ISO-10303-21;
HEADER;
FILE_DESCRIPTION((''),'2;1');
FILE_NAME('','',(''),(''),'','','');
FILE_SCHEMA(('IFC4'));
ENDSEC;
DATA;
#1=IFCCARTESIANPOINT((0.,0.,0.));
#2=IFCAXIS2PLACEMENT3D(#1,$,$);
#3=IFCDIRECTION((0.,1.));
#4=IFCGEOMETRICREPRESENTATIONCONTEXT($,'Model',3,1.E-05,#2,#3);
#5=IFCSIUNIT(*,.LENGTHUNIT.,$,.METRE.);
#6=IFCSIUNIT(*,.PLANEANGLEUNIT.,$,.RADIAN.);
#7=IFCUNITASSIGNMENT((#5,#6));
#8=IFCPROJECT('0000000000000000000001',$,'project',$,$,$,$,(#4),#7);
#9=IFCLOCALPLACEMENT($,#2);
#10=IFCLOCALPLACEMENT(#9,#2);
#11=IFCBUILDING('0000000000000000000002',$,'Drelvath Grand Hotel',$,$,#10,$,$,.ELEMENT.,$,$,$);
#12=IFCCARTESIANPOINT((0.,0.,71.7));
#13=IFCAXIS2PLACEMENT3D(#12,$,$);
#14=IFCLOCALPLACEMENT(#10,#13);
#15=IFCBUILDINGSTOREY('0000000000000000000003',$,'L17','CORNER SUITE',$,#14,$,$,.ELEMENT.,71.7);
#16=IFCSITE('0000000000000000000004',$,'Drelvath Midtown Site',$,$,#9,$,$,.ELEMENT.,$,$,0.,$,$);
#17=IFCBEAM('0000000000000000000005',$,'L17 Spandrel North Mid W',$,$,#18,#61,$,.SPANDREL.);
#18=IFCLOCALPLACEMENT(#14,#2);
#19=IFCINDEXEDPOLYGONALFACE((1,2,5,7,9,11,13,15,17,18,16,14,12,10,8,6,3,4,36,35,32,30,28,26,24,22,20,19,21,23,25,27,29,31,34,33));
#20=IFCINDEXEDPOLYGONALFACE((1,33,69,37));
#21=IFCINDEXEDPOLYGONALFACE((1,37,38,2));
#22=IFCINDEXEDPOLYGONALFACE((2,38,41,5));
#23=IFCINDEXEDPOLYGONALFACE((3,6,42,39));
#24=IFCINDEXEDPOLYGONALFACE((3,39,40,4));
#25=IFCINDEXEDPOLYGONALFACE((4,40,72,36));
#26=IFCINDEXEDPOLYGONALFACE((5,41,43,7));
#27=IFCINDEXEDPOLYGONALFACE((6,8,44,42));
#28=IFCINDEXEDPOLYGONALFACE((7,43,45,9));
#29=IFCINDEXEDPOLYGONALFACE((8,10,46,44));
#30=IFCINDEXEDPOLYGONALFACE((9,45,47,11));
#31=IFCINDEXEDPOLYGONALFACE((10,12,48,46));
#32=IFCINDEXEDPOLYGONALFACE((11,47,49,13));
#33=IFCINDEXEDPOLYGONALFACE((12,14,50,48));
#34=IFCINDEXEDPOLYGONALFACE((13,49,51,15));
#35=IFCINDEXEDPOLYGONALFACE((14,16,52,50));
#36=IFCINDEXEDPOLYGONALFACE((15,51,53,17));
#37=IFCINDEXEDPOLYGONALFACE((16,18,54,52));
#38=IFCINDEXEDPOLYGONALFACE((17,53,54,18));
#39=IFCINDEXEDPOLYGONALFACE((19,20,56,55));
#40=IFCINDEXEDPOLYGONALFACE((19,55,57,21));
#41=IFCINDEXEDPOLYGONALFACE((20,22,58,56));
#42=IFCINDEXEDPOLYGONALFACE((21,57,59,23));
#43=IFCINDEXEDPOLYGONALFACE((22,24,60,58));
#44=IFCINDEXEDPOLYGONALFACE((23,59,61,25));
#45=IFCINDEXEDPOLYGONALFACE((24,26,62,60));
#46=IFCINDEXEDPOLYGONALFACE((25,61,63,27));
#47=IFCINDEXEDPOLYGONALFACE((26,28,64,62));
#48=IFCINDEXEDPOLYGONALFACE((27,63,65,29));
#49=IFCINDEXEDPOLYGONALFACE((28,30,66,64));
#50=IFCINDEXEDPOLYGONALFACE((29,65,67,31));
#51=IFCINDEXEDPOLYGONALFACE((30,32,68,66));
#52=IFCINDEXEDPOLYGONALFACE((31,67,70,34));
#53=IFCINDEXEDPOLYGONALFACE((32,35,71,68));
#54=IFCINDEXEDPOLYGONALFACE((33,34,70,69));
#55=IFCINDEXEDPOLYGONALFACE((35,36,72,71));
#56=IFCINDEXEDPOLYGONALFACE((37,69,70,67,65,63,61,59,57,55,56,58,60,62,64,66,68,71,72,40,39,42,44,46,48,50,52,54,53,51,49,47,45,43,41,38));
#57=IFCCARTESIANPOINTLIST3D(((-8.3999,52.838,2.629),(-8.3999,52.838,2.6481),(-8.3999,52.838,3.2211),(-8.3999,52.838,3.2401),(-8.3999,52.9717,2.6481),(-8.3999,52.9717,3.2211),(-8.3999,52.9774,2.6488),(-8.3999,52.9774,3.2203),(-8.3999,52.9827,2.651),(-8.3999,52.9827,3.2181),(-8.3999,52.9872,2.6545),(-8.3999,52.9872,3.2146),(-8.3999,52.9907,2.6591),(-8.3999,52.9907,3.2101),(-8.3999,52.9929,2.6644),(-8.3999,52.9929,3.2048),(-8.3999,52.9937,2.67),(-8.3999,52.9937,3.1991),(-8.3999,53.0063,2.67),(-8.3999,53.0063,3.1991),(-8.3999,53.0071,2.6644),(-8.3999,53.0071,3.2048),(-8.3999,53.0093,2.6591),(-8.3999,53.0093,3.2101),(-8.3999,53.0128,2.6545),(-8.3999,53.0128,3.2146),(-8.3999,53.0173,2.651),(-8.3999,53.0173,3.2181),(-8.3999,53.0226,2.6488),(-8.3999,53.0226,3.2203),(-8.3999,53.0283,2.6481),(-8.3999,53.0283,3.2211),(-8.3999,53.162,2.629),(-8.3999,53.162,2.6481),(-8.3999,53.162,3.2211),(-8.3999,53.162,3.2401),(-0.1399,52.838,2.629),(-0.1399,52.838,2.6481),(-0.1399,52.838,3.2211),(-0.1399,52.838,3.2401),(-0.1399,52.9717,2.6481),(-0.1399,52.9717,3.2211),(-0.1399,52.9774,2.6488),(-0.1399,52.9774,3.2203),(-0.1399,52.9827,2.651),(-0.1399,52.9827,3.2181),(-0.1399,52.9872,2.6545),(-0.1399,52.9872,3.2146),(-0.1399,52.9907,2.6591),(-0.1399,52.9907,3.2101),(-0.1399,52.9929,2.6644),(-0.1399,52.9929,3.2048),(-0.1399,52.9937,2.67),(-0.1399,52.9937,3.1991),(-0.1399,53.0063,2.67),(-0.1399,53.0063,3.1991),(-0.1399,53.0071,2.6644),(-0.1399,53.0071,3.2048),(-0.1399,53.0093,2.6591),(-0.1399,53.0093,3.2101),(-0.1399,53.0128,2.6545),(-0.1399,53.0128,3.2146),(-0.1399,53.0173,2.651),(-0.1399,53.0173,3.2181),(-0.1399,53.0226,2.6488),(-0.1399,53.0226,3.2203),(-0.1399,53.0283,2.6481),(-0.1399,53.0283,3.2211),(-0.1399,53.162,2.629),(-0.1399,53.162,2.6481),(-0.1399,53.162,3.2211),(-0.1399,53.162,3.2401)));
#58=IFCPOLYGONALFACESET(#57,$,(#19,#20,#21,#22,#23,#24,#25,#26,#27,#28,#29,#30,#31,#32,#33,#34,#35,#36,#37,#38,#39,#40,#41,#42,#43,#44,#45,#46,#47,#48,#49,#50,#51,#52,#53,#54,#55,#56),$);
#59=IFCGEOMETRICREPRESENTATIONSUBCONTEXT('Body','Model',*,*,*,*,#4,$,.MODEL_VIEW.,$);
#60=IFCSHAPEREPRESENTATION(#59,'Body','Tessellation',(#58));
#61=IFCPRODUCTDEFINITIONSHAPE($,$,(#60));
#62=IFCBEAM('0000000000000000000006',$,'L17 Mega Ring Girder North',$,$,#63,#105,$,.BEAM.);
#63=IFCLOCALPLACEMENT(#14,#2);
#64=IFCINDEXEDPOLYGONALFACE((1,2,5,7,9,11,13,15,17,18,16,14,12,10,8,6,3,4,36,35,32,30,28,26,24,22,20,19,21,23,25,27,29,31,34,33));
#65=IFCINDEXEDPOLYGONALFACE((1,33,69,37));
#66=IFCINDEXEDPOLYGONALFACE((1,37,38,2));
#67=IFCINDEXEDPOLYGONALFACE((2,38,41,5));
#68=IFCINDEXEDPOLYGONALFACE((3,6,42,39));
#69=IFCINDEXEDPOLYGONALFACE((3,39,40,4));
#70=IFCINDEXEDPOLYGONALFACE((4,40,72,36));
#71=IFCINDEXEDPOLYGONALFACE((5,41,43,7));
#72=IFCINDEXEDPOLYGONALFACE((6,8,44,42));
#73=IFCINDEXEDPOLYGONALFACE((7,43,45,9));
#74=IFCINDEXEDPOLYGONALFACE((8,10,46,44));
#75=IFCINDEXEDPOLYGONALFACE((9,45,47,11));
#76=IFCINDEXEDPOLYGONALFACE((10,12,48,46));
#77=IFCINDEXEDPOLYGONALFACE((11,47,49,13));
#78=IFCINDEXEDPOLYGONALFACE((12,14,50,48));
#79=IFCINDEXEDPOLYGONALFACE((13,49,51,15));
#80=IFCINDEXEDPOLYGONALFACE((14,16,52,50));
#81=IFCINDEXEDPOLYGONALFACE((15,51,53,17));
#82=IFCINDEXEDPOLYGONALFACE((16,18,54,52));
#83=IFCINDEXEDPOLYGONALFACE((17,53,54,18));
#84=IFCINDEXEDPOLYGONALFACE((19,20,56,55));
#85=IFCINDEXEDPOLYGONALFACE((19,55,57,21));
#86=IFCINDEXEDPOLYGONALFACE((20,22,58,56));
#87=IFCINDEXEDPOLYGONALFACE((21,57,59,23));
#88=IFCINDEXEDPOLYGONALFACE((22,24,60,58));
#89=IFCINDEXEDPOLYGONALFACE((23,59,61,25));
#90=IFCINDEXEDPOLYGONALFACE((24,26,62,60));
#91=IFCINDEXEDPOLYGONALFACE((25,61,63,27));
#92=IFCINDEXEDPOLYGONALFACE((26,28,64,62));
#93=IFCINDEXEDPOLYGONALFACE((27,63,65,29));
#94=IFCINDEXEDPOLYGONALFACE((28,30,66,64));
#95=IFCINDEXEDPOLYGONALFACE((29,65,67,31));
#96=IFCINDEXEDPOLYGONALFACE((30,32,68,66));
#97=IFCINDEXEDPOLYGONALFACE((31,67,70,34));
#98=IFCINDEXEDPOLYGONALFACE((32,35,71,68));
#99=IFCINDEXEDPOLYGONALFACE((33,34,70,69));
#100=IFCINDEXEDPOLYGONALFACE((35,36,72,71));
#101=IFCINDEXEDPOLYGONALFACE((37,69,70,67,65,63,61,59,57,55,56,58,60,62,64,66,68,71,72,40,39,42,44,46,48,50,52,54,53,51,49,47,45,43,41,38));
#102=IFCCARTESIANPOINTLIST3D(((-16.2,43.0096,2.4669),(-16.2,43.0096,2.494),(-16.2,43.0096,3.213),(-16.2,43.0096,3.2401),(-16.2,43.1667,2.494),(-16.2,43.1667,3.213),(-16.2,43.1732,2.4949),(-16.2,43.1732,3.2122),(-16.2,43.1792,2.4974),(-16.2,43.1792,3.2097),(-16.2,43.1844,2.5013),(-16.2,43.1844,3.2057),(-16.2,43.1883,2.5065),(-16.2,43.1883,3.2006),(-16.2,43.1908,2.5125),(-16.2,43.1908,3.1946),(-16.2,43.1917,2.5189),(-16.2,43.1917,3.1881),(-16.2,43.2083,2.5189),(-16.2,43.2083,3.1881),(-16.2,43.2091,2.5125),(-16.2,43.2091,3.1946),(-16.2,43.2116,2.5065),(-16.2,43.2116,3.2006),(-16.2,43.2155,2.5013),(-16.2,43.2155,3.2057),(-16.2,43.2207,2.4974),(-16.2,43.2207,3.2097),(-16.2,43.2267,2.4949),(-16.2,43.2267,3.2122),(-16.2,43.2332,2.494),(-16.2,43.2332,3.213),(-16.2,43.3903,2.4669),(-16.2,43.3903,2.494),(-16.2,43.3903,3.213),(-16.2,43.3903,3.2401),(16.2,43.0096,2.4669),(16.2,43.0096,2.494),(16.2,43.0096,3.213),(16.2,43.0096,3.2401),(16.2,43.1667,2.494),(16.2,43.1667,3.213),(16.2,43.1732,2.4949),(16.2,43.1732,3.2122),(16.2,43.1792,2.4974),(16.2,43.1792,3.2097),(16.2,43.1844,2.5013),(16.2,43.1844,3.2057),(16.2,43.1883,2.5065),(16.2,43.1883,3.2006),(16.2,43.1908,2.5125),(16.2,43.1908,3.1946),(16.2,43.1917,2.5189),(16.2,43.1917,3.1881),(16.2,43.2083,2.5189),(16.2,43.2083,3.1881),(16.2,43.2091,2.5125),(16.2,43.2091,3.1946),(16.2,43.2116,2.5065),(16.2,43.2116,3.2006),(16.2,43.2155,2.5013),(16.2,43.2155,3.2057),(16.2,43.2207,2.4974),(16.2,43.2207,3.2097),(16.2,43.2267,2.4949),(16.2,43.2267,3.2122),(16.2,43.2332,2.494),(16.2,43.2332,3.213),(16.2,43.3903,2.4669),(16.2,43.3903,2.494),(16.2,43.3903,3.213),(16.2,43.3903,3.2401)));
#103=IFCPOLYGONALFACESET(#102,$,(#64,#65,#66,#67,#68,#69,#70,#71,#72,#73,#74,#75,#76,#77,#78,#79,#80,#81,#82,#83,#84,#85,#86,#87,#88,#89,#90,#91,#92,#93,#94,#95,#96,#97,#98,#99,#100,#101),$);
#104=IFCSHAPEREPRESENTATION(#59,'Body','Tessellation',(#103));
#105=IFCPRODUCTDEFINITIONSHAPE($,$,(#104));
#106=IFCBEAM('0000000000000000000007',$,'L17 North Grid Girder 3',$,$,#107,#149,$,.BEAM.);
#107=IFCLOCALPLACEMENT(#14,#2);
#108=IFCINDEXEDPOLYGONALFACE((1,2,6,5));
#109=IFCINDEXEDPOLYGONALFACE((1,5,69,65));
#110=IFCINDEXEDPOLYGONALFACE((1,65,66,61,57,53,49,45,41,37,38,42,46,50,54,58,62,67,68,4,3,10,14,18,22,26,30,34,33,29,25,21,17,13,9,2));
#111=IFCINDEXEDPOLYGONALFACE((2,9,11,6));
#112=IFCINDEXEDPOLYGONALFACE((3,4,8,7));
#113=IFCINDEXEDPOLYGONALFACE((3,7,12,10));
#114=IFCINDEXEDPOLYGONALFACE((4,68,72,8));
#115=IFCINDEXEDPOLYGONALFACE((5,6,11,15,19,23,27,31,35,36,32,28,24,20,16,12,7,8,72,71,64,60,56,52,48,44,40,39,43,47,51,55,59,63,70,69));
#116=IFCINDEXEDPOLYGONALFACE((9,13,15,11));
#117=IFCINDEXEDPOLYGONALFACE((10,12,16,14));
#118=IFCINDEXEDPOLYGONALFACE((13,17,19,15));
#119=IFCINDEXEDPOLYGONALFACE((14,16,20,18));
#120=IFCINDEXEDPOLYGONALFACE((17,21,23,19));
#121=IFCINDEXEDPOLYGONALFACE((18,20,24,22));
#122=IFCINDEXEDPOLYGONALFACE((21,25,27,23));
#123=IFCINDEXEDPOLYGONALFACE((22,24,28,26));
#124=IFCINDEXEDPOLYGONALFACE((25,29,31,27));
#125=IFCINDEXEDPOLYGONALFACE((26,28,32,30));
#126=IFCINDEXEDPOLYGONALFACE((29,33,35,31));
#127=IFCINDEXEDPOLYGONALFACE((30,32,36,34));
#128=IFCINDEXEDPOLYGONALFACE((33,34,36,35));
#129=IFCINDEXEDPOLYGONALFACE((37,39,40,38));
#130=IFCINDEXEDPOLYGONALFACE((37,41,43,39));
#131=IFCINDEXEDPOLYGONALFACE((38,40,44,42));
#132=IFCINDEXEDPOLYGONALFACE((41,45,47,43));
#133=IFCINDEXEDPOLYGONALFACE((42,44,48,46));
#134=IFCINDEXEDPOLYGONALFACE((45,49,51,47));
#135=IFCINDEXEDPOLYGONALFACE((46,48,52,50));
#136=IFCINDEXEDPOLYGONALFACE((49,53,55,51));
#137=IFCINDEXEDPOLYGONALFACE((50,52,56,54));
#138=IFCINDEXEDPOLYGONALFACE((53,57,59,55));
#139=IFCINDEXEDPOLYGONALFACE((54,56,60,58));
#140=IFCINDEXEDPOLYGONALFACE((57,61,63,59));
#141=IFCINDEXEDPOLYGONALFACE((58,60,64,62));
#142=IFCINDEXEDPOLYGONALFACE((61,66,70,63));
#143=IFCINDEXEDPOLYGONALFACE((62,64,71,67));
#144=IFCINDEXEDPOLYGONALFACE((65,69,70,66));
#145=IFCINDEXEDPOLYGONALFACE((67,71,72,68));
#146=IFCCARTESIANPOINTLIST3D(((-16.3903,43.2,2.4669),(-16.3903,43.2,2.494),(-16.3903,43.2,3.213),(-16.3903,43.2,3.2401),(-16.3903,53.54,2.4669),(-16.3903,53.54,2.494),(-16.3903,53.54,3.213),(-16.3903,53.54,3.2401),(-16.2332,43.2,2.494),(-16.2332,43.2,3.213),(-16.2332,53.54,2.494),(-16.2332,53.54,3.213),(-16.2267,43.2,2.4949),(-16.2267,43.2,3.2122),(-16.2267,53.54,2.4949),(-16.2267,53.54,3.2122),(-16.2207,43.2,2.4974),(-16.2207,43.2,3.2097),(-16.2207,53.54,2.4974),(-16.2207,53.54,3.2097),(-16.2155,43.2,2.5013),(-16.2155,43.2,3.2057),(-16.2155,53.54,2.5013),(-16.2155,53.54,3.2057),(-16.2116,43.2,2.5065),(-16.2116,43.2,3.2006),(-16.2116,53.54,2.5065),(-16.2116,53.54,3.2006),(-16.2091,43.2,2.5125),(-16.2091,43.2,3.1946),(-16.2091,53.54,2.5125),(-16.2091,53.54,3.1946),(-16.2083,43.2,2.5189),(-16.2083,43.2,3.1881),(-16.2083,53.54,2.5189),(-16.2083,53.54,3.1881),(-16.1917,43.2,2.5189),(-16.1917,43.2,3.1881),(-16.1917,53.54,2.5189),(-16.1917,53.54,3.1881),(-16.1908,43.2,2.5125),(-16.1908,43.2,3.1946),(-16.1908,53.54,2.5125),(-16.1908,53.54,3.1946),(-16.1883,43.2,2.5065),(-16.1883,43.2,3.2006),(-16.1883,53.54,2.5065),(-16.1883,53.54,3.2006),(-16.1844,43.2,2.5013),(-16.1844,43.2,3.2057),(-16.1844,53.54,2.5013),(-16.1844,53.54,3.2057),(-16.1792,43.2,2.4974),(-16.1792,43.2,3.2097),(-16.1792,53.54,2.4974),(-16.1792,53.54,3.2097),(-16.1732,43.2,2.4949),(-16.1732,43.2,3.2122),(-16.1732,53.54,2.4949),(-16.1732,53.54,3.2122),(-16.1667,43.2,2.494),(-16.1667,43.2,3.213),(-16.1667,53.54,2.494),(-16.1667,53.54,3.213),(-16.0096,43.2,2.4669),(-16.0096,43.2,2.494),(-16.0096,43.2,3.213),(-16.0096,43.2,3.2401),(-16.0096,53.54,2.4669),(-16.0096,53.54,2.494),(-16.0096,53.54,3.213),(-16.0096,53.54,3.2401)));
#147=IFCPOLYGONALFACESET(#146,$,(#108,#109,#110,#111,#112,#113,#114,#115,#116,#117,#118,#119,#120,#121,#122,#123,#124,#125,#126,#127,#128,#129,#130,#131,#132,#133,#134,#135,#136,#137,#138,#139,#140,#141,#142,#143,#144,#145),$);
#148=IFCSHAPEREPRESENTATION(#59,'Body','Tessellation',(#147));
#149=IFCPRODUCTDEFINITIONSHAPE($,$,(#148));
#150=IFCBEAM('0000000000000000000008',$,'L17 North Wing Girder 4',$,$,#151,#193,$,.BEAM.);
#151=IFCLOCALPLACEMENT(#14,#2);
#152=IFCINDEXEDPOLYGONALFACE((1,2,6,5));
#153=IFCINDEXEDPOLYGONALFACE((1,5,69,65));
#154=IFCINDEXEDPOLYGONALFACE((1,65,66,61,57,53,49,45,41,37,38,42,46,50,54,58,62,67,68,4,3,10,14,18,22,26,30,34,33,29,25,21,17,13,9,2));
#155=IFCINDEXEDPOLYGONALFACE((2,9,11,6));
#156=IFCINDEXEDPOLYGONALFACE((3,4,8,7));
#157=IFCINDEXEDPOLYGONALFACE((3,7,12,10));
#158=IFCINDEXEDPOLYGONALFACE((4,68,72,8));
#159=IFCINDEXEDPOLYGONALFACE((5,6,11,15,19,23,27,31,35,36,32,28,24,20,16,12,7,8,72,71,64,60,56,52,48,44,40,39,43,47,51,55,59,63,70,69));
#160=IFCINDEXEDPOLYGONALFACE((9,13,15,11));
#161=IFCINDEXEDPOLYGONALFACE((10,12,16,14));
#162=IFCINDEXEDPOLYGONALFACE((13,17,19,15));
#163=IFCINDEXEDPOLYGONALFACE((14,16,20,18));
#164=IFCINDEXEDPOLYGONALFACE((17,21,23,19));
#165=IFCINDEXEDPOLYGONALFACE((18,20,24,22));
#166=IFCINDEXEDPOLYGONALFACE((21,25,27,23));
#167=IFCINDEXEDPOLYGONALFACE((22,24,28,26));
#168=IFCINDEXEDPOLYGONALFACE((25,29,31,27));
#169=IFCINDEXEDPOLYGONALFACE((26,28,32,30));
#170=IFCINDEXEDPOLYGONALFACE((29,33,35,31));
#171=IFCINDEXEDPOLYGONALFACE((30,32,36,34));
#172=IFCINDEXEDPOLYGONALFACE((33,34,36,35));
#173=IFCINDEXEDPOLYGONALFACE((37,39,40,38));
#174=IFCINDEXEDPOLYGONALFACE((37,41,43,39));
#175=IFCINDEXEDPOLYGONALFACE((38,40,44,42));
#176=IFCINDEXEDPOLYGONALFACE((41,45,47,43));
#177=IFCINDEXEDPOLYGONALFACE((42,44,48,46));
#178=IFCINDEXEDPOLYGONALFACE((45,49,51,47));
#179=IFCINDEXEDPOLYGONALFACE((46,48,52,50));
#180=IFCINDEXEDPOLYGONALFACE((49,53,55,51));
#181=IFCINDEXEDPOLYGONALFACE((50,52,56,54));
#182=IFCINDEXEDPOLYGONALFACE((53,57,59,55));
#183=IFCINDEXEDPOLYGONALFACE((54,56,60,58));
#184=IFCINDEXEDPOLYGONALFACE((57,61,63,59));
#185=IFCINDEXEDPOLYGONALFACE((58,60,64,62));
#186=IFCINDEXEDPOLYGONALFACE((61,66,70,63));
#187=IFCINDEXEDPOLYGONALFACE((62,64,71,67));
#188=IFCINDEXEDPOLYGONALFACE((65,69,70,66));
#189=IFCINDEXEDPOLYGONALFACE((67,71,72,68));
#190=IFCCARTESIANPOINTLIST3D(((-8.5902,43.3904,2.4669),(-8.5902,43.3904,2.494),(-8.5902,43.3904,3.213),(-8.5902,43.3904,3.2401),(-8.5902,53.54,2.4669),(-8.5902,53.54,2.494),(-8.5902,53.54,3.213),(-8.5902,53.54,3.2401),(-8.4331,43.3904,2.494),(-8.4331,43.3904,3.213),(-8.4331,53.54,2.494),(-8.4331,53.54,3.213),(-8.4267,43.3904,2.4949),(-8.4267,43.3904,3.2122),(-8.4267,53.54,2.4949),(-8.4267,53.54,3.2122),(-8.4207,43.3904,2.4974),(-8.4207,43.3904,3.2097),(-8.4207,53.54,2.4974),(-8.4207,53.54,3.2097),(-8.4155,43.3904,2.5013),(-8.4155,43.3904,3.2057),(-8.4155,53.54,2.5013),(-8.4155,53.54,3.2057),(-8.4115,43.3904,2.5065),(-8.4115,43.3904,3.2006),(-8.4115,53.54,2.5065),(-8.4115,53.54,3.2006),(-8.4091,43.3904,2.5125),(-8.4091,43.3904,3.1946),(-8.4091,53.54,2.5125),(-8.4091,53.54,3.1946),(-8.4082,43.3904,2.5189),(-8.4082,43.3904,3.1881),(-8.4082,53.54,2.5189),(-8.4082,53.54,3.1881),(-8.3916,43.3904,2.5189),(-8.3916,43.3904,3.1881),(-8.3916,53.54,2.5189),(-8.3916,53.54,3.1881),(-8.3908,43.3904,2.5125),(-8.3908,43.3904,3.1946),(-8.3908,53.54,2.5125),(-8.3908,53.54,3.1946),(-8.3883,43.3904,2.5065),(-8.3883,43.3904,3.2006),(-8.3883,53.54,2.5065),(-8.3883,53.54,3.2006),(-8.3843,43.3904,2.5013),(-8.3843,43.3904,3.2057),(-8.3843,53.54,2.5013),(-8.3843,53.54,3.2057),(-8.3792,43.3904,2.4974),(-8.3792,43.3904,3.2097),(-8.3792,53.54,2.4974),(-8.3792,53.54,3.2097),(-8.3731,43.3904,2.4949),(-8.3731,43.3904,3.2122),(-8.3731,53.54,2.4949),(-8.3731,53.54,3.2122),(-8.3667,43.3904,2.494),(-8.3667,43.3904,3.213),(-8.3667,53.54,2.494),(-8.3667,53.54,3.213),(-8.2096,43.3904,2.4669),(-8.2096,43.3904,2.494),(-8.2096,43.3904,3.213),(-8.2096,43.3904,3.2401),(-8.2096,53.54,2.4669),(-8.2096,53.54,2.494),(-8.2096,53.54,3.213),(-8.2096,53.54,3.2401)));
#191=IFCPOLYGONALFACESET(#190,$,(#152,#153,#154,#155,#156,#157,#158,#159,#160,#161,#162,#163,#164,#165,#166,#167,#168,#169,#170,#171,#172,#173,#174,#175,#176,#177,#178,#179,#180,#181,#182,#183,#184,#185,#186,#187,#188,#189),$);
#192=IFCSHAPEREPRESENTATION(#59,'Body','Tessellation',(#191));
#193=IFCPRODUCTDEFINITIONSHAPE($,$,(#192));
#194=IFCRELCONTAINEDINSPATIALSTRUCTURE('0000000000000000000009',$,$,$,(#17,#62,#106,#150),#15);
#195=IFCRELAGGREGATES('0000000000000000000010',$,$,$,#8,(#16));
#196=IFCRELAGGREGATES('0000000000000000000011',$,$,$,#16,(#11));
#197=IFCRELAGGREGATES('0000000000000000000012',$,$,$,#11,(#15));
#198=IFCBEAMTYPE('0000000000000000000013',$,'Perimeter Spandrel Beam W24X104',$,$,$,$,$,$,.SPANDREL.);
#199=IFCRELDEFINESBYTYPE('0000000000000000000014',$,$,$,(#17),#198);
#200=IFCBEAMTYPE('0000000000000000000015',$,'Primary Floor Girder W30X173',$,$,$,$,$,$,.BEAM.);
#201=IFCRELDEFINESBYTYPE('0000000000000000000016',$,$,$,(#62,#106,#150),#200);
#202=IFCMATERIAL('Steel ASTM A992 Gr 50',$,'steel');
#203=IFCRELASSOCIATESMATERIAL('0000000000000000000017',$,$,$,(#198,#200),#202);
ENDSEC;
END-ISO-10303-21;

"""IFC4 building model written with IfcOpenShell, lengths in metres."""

from ifc_helpers import new_model, si_unit, direction, frame, origin, origin_2d, place, context, subcontext, project, spatial, i_section, extrude, material, material_profile, profile_set, type_object, element, save


model = new_model("IFC4")

# Units and contexts
model_context = context("Model", 3, precision=1e-05, world=origin(), true_north=direction((0.0, 1.0)))
body_context = subcontext(model_context, "Body", "Model", "MODEL_VIEW")
ifc_project = project(units=[si_unit("LENGTHUNIT", "METRE"), si_unit("PLANEANGLEUNIT", "RADIAN")], contexts=[model_context])

# Site, building, storey
site_placement = place(None, origin())
site = spatial("IfcSite", under=ifc_project, at=site_placement, Name="Drelvath Midtown Site", CompositionType="ELEMENT", RefElevation=0.0)
building_placement = place(site_placement, origin())
building = spatial("IfcBuilding", under=site, at=building_placement, Name="Drelvath Grand Hotel", CompositionType="ELEMENT")
storey_placement = place(building_placement, frame((0.0, 0.0, 71.7)))
storey = spatial("IfcBuildingStorey", under=building, at=storey_placement, Name="L17", Description="CORNER SUITE", CompositionType="ELEMENT", Elevation=71.7)

# Beams
ifc_material_1 = material(Name="Steel ASTM A992 Gr 50", Category="steel")
ifc_material_profile_1 = material_profile(ifc_material_1, i_section(OverallWidth=0.324, OverallDepth=0.6111, WebThickness=0.0127, FlangeThickness=0.019, FilletRadius=0.022, at=origin_2d()), Name="W24X104")
ifc_profile_set_1 = profile_set([ifc_material_profile_1], Name="Steel ASTM A992 Gr 50")
beam_type_1 = type_object("IfcBeamType", Name="Perimeter Spandrel Beam W24X104", PredefinedType="SPANDREL", material=ifc_profile_set_1)
beam_1_placement = place(storey_placement, frame((-8.3999, 53.0, 2.9346), z_axis=(1.0, 0.0, 0.0), x_axis=(0.0, 1.0, 0.0)))
element("IfcBeam", 1, at=beam_1_placement, inside=storey, type_object=beam_type_1, Name="L17 Spandrel North Mid W", PredefinedType="SPANDREL", context=body_context, shape_type="SweptSolid", body=[
    extrude(i_section(OverallWidth=0.324, OverallDepth=0.6111, WebThickness=0.0127, FlangeThickness=0.019, FilletRadius=0.022, at=origin_2d()), origin(), (0.0, 0.0, 1.0), 8.26),
])
ifc_material_profile_2 = material_profile(ifc_material_1, i_section(OverallWidth=0.3806, OverallDepth=0.7732, WebThickness=0.0166, FlangeThickness=0.0271, FilletRadius=0.0249, at=origin_2d()), Name="W30X173")
ifc_profile_set_2 = profile_set([ifc_material_profile_2], Name="Steel ASTM A992 Gr 50")
beam_type_2 = type_object("IfcBeamType", Name="Primary Floor Girder W30X173", PredefinedType="BEAM", material=ifc_profile_set_2)
beam_2_placement = place(storey_placement, frame((-16.2, 43.2, 2.8535), z_axis=(1.0, 0.0, 0.0), x_axis=(0.0, 1.0, 0.0)))
element("IfcBeam", 2, at=beam_2_placement, inside=storey, type_object=beam_type_2, Name="L17 Mega Ring Girder North", PredefinedType="BEAM", context=body_context, shape_type="SweptSolid", body=[
    extrude(i_section(OverallWidth=0.3806, OverallDepth=0.7732, WebThickness=0.0166, FlangeThickness=0.0271, FilletRadius=0.0249, at=origin_2d()), origin(), (0.0, 0.0, 1.0), 32.3999),
])
beam_3_placement = place(storey_placement, frame((-16.2, 43.2, 2.8535), z_axis=(0.0, 1.0, 0.0), x_axis=(-1.0, 0.0, 0.0)))
element("IfcBeam", 3, at=beam_3_placement, inside=storey, type_object=beam_type_2, Name="L17 North Grid Girder 3", PredefinedType="BEAM", context=body_context, shape_type="SweptSolid", body=[
    extrude(i_section(OverallWidth=0.3806, OverallDepth=0.7732, WebThickness=0.0166, FlangeThickness=0.0271, FilletRadius=0.0249, at=origin_2d()), origin(), (0.0, 0.0, 1.0), 10.3401),
])
beam_4_placement = place(storey_placement, frame((-8.3999, 43.3904, 2.8535), z_axis=(0.0, 1.0, 0.0), x_axis=(-1.0, 0.0, 0.0)))
element("IfcBeam", 4, at=beam_4_placement, inside=storey, type_object=beam_type_2, Name="L17 North Wing Girder 4", PredefinedType="BEAM", context=body_context, shape_type="SweptSolid", body=[
    extrude(i_section(OverallWidth=0.3806, OverallDepth=0.7732, WebThickness=0.0166, FlangeThickness=0.0271, FilletRadius=0.0249, at=origin_2d()), origin(), (0.0, 0.0, 1.0), 10.1497),
])

save(model, "model.ifc")
